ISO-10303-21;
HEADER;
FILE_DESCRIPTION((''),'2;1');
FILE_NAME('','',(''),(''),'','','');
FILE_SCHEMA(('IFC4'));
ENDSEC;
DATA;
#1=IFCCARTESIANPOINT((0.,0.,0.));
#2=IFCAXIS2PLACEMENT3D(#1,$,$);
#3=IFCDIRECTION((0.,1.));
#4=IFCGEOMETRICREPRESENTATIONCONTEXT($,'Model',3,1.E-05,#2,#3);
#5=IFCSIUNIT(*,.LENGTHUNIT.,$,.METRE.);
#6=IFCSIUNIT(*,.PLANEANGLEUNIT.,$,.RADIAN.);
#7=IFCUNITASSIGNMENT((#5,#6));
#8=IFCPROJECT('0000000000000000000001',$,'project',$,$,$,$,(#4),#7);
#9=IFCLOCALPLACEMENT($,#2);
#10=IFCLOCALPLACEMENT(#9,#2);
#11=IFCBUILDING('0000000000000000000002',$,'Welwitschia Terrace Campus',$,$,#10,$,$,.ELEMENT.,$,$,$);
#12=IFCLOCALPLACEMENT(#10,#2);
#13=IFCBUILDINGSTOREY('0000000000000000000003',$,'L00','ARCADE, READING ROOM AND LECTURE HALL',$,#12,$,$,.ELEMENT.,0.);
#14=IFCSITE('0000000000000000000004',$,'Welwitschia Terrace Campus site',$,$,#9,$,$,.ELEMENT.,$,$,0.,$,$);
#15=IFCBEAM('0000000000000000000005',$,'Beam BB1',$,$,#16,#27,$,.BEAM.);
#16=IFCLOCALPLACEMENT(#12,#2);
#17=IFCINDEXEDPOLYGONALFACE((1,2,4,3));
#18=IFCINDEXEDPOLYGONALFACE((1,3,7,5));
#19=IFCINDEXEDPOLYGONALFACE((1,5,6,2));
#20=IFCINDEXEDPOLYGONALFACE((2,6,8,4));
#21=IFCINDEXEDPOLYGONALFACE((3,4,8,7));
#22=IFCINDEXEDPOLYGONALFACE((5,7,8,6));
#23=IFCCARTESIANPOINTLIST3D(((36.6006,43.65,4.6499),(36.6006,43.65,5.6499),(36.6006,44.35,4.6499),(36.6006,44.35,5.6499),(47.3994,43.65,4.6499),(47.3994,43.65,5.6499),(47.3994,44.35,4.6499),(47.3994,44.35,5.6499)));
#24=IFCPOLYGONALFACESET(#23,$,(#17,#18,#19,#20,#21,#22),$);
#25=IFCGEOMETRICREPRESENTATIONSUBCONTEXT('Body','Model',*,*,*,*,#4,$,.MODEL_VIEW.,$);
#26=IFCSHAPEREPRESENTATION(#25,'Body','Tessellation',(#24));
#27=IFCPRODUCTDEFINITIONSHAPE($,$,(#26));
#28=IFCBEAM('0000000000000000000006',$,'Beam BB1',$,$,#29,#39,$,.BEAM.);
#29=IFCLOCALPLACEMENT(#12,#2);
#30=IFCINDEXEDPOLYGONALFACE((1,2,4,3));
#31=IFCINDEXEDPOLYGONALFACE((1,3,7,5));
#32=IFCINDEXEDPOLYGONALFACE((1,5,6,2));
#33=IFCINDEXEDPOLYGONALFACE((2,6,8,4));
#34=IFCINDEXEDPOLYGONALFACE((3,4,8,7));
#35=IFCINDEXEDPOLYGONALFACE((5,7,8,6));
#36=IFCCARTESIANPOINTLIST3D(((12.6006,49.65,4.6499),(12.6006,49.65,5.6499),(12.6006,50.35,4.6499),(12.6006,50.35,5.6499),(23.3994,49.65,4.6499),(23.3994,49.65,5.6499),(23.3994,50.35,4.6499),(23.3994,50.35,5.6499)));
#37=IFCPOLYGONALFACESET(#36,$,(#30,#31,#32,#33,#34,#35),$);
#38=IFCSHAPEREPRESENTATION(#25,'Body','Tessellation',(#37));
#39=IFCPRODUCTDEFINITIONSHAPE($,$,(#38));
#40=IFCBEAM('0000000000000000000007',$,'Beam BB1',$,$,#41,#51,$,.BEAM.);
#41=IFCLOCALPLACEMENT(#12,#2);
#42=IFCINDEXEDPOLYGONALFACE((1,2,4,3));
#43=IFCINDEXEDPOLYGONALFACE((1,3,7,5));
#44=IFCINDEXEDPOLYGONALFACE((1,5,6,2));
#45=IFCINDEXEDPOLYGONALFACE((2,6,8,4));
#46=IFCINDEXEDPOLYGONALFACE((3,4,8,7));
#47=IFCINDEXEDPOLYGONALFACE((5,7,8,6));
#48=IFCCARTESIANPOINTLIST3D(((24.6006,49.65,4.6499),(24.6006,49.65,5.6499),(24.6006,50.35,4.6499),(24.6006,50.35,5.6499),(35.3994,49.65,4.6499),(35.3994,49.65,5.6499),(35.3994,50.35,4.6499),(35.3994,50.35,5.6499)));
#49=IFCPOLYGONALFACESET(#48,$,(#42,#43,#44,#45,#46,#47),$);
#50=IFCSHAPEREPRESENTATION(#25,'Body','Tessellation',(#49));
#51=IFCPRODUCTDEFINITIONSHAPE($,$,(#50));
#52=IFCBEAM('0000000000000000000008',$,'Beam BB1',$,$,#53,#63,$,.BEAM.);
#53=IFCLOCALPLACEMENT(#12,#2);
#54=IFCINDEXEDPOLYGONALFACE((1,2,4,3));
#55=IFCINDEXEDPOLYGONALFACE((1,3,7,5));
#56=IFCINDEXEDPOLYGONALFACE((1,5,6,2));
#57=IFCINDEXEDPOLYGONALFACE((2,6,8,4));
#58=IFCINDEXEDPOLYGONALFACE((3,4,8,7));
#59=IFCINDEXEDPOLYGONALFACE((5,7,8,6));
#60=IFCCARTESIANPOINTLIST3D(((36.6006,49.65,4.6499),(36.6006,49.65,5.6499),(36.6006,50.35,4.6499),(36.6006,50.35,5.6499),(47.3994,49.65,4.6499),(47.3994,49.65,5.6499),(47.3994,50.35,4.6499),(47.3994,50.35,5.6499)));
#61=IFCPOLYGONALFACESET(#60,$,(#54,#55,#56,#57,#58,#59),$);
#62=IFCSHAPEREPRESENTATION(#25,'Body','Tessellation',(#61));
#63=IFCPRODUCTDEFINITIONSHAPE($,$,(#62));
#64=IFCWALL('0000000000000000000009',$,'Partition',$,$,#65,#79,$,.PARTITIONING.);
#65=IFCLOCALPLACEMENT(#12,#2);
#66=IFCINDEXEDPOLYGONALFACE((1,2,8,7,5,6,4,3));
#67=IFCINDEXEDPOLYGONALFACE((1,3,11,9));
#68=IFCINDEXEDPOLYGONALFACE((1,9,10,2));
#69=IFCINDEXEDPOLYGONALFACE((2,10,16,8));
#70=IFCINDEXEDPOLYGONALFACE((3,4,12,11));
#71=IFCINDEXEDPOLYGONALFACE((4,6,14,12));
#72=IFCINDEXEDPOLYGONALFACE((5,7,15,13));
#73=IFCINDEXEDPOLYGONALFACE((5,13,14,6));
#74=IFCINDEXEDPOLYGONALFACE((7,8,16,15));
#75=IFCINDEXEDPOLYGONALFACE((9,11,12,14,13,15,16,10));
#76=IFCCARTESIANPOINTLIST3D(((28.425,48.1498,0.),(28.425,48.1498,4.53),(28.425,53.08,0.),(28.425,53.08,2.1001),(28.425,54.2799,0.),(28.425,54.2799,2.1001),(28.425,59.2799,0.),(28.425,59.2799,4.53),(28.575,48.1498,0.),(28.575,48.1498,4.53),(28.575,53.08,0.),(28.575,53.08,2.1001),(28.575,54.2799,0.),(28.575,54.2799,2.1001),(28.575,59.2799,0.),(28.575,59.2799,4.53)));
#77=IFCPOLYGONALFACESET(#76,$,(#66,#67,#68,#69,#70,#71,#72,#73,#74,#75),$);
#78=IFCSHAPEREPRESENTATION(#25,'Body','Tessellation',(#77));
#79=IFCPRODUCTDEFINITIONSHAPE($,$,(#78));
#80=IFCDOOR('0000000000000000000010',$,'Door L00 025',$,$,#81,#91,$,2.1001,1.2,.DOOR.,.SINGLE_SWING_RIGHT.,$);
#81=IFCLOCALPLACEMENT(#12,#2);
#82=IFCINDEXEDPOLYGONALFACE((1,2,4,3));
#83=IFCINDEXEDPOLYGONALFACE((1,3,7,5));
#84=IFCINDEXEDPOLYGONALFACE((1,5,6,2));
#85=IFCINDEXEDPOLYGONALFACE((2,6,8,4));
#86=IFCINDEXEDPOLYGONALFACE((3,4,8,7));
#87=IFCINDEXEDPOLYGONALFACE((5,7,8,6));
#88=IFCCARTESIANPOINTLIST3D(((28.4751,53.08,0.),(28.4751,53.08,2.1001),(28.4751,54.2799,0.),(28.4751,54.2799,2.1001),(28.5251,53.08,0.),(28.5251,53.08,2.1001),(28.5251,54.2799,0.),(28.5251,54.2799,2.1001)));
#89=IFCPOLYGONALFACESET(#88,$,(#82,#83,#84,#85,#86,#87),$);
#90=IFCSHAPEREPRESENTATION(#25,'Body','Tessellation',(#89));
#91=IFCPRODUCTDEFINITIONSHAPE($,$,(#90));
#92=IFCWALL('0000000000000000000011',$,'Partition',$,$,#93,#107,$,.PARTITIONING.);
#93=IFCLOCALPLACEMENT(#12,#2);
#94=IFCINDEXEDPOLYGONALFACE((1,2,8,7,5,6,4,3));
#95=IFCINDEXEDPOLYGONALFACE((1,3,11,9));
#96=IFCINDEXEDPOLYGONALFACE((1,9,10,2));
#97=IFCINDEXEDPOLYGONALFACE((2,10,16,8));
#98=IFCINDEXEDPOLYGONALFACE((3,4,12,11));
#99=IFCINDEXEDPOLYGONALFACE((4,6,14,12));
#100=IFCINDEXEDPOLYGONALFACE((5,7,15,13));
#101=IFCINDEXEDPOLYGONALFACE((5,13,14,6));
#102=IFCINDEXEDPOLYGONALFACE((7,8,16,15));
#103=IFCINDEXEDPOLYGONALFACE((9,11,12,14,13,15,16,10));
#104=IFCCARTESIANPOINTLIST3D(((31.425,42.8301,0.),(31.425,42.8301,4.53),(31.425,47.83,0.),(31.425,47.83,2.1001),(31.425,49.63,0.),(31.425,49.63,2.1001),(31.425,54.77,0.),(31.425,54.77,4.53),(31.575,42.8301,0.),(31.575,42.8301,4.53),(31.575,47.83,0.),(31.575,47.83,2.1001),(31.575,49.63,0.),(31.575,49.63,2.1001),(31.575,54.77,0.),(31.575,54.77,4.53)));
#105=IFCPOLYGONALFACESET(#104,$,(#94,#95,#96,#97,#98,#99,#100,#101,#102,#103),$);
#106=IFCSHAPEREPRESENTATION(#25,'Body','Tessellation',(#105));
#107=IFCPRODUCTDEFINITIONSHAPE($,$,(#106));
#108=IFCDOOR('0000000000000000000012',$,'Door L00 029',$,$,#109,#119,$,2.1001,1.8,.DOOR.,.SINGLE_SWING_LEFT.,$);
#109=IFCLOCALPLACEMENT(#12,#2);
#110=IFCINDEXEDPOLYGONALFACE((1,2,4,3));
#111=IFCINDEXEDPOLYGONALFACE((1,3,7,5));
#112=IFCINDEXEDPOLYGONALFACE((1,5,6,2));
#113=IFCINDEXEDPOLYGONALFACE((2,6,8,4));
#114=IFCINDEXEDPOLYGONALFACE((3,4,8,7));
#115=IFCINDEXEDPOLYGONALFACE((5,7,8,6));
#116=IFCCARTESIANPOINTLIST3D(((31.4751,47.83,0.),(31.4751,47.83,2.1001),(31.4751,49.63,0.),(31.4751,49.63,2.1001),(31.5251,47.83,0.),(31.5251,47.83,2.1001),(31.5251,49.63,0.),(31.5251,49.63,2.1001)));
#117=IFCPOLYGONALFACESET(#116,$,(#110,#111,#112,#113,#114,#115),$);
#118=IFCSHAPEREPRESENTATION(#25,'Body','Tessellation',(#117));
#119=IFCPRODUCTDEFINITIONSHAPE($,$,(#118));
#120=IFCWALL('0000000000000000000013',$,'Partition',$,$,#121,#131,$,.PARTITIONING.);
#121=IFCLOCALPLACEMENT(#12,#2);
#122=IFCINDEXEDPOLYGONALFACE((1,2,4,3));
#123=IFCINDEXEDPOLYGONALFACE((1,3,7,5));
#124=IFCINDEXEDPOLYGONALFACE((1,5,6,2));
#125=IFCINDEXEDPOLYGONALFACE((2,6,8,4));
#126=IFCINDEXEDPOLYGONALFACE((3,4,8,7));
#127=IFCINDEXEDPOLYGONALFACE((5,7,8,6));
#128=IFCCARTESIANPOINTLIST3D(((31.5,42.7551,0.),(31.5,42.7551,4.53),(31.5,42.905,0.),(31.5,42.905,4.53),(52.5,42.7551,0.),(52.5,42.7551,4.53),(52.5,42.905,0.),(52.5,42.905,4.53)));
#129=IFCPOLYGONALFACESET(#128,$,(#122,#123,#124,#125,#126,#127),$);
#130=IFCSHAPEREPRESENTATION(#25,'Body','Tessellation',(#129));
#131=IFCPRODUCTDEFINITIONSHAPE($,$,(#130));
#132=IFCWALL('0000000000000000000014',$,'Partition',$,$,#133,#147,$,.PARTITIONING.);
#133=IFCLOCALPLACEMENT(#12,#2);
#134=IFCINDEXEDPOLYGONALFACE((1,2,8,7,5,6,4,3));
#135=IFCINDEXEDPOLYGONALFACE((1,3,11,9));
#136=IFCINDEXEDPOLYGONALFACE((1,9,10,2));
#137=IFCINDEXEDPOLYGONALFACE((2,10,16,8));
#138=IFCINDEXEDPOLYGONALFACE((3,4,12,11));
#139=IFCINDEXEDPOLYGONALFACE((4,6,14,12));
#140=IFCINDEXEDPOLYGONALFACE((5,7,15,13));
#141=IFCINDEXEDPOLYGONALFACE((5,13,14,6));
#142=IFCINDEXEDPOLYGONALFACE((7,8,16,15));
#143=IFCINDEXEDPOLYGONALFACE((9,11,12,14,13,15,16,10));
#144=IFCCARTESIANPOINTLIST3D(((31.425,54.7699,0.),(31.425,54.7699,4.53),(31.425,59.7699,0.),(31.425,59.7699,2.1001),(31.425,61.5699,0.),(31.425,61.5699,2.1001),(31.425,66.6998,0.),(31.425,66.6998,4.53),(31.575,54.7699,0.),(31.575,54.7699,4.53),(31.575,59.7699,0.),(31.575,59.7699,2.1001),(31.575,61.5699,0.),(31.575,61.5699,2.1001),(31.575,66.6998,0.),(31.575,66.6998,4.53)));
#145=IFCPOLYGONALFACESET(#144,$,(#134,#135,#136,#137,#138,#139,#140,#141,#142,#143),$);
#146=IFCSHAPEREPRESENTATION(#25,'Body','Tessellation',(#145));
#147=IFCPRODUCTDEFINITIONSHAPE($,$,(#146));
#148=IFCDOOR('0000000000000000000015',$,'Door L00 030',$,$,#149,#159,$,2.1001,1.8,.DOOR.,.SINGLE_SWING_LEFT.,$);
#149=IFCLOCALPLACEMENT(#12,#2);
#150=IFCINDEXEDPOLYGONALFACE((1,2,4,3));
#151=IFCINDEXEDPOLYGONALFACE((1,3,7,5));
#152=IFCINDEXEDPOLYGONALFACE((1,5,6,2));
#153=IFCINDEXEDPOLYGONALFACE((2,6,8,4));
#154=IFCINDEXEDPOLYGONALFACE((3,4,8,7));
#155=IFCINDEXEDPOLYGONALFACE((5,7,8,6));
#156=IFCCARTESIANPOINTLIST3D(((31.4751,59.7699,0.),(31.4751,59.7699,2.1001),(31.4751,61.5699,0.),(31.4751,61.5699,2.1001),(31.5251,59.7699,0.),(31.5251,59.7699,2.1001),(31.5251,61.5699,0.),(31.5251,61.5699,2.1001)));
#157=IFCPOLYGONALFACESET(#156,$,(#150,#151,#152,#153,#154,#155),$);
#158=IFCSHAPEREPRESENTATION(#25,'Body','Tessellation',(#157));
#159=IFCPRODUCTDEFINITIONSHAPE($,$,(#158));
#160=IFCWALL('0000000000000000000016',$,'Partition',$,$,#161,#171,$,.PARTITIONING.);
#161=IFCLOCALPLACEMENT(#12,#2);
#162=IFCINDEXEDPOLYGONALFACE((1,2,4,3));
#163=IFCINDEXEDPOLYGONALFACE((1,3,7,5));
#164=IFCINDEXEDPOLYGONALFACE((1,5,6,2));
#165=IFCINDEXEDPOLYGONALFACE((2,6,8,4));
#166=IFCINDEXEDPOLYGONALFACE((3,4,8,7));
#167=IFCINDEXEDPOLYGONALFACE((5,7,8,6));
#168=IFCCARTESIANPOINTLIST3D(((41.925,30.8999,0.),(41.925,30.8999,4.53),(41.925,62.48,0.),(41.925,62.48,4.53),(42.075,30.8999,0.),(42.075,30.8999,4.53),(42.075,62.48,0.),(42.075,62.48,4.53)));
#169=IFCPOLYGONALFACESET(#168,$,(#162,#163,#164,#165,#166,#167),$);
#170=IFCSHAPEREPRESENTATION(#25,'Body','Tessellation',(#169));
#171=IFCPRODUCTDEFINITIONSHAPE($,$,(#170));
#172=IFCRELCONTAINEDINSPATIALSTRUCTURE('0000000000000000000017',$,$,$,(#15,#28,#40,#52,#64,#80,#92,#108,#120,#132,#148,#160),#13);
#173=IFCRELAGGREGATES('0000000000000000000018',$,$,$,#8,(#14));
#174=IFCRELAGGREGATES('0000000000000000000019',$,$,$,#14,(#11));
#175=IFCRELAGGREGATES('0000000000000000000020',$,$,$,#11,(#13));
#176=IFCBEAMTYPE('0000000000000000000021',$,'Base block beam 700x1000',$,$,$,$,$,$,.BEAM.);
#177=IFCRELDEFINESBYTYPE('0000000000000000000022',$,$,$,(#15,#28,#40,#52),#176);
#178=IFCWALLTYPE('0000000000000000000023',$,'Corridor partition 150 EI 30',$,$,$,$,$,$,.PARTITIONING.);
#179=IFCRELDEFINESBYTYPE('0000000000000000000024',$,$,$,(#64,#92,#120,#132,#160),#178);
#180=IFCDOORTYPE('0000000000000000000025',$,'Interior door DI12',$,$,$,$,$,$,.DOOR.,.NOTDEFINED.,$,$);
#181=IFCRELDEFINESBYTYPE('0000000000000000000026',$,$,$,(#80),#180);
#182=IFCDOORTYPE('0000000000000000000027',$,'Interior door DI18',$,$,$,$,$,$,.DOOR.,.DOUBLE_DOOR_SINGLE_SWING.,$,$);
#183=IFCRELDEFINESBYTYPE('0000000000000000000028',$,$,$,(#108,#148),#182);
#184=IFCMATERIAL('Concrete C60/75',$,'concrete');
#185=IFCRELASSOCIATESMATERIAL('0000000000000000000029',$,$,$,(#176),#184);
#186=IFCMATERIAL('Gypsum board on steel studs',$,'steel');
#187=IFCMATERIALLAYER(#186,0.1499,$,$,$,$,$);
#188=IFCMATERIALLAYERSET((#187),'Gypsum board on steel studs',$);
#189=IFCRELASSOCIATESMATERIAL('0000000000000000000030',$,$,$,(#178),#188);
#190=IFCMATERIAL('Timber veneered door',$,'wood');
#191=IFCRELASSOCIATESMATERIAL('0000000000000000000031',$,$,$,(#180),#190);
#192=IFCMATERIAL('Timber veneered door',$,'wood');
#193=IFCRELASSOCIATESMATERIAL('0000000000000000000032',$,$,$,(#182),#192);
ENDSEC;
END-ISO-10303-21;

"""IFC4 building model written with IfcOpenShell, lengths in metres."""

from ifc_helpers import new_model, si_unit, direction, frame, frame_2d, origin, origin_2d, place, context, subcontext, project, spatial, rectangle, extrude, material, layer, layer_set, material_profile, profile_set, type_object, element, fill, save


model = new_model("IFC4")

# Units and contexts
model_context = context("Model", 3, precision=1e-05, world=origin(), true_north=direction((0.0, 1.0)))
body_context = subcontext(model_context, "Body", "Model", "MODEL_VIEW")
ifc_project = project(units=[si_unit("LENGTHUNIT", "METRE"), si_unit("PLANEANGLEUNIT", "RADIAN")], contexts=[model_context])

# Site, building, storey
site_placement = place(None, origin())
site = spatial("IfcSite", under=ifc_project, at=site_placement, Name="Welwitschia Terrace Campus site", CompositionType="ELEMENT", RefElevation=0.0)
building_placement = place(site_placement, origin())
building = spatial("IfcBuilding", under=site, at=building_placement, Name="Welwitschia Terrace Campus", CompositionType="ELEMENT")
storey_placement = place(building_placement, origin())
storey = spatial("IfcBuildingStorey", under=building, at=storey_placement, Name="L00", Description="ARCADE, READING ROOM AND LECTURE HALL", CompositionType="ELEMENT", Elevation=0.0)

# Beams
ifc_material_1 = material(Name="Concrete C60/75", Category="concrete")
ifc_material_profile_1 = material_profile(ifc_material_1, rectangle(XDim=0.7, YDim=1.0, at=origin_2d()))
ifc_profile_set_1 = profile_set([ifc_material_profile_1], Name="Concrete C60/75")
beam_type = type_object("IfcBeamType", Name="Base block beam 700x1000", PredefinedType="BEAM", material=ifc_profile_set_1)
for number, where, z_axis, x_axis, name in (
    (1, (36.6006, 44.0, 5.1499), (1.0, 0.0, 0.0), (0.0, 1.0, 0.0), "Beam BB1"),
    (2, (12.6006, 50.0, 5.1499), (1.0, 0.0, 0.0), (0.0, 1.0, 0.0), "Beam BB1"),
    (3, (24.6006, 50.0, 5.1499), (1.0, 0.0, 0.0), (0.0, 1.0, 0.0), "Beam BB1"),
    (4, (36.6006, 50.0, 5.1499), (1.0, 0.0, 0.0), (0.0, 1.0, 0.0), "Beam BB1"),
):
    element("IfcBeam", number, at=place(storey_placement, frame(where, z_axis=z_axis, x_axis=x_axis)), inside=storey, type_object=beam_type, Name=name, PredefinedType="BEAM", context=body_context, shape_type="SweptSolid", body=[
        extrude(rectangle(XDim=0.7, YDim=1.0, at=origin_2d()), origin(), (0.0, 0.0, 1.0), 10.7988),
    ])

# Walls, openings, doors
ifc_material_2 = material(Name="Gypsum board on steel studs", Category="steel")
ifc_layer = layer(ifc_material_2, 0.1499)
ifc_layer_set = layer_set([ifc_layer], Name="Gypsum board on steel studs")
wall_type = type_object("IfcWallType", Name="Corridor partition 150 EI 30", PredefinedType="PARTITIONING", material=ifc_layer_set)
wall_1_placement = place(storey_placement, frame((28.5, 48.1499, 0.0), z_axis=(0.0, 0.0, 1.0), x_axis=(0.0, 1.0, 0.0)))
wall_1 = element("IfcWall", 5, at=wall_1_placement, inside=storey, type_object=wall_type, Name="Partition", PredefinedType="PARTITIONING", context=body_context, shape_type="SweptSolid", body=[
    extrude(rectangle(XDim=11.1301, YDim=0.1499, at=frame_2d((5.5649, 0.0))), origin(), (0.0, 0.0, 1.0), 4.53),
])
opening_1_placement = place(wall_1_placement, frame((4.9299, 0.0, 0.0)))
opening_1 = element("IfcOpeningElement", 6, at=opening_1_placement, cuts=wall_1, PredefinedType="OPENING", context=body_context, shape_type="SweptSolid", body=[
    extrude(rectangle(XDim=1.2, YDim=2.1001, at=frame_2d((0.6001, 1.05))), frame((0.0, 0.085, 0.0), z_axis=(0.0, -1.0, 0.0), x_axis=(1.0, 0.0, 0.0)), (0.0, 0.0, 1.0), 0.1699),
])
ifc_material_3 = material(Name="Timber veneered door", Category="wood")
door_type_1 = type_object("IfcDoorType", Name="Interior door DI12", OperationType="NOTDEFINED", PredefinedType="DOOR", material=ifc_material_3)
door_1_placement = place(opening_1_placement, origin())
door_1 = element("IfcDoor", 7, at=door_1_placement, inside=storey, type_object=door_type_1, Name="Door L00 025", OperationType="SINGLE_SWING_RIGHT", OverallHeight=2.1001, OverallWidth=1.2, PredefinedType="DOOR", context=body_context, shape_type="SweptSolid", body=[
    extrude(rectangle(XDim=1.2, YDim=2.1001, at=frame_2d((0.6001, 1.05))), frame((0.0, 0.0249, 0.0), z_axis=(0.0, -1.0, 0.0), x_axis=(1.0, 0.0, 0.0)), (0.0, 0.0, 1.0), 0.05),
])
fill(opening_1, door_1)
wall_2_placement = place(storey_placement, frame((31.5, 42.8301, 0.0), z_axis=(0.0, 0.0, 1.0), x_axis=(0.0, 1.0, 0.0)))
wall_2 = element("IfcWall", 8, at=wall_2_placement, inside=storey, type_object=wall_type, Name="Partition", PredefinedType="PARTITIONING", context=body_context, shape_type="SweptSolid", body=[
    extrude(rectangle(XDim=11.9399, YDim=0.1499, at=frame_2d((5.97, 0.0))), origin(), (0.0, 0.0, 1.0), 4.53),
])
opening_2_placement = place(wall_2_placement, frame((5.0, 0.0, 0.0)))
opening_2 = element("IfcOpeningElement", 9, at=opening_2_placement, cuts=wall_2, PredefinedType="OPENING", context=body_context, shape_type="SweptSolid", body=[
    extrude(rectangle(XDim=1.8, YDim=2.1001, at=frame_2d((0.8999, 1.05))), frame((0.0, 0.085, 0.0), z_axis=(0.0, -1.0, 0.0), x_axis=(1.0, 0.0, 0.0)), (0.0, 0.0, 1.0), 0.1699),
])
ifc_material_4 = material(Name="Timber veneered door", Category="wood")
door_type_2 = type_object("IfcDoorType", Name="Interior door DI18", OperationType="DOUBLE_DOOR_SINGLE_SWING", PredefinedType="DOOR", material=ifc_material_4)
door_2_placement = place(opening_2_placement, origin())
door_2 = element("IfcDoor", 10, at=door_2_placement, inside=storey, type_object=door_type_2, Name="Door L00 029", OperationType="SINGLE_SWING_LEFT", OverallHeight=2.1001, OverallWidth=1.8, PredefinedType="DOOR", context=body_context, shape_type="SweptSolid", body=[
    extrude(rectangle(XDim=1.8, YDim=2.1001, at=frame_2d((0.8999, 1.05))), frame((0.0, 0.0249, 0.0), z_axis=(0.0, -1.0, 0.0), x_axis=(1.0, 0.0, 0.0)), (0.0, 0.0, 1.0), 0.05),
])
fill(opening_2, door_2)

# Wall
wall_3_placement = place(storey_placement, frame((31.5, 42.8301, 0.0), z_axis=(0.0, 0.0, 1.0), x_axis=(1.0, 0.0, 0.0)))
element("IfcWall", 11, at=wall_3_placement, inside=storey, type_object=wall_type, Name="Partition", PredefinedType="PARTITIONING", context=body_context, shape_type="SweptSolid", body=[
    extrude(rectangle(XDim=21.0, YDim=0.1499, at=frame_2d((10.5, 0.0))), origin(), (0.0, 0.0, 1.0), 4.53),
])

# Wall, opening, door
wall_4_placement = place(storey_placement, frame((31.5, 54.77, 0.0), z_axis=(0.0, 0.0, 1.0), x_axis=(0.0, 1.0, 0.0)))
wall_4 = element("IfcWall", 12, at=wall_4_placement, inside=storey, type_object=wall_type, Name="Partition", PredefinedType="PARTITIONING", context=body_context, shape_type="SweptSolid", body=[
    extrude(rectangle(XDim=11.9299, YDim=0.1499, at=frame_2d((5.9648, 0.0))), origin(), (0.0, 0.0, 1.0), 4.53),
])
opening_3_placement = place(wall_4_placement, frame((5.0, 0.0, 0.0)))
opening_3 = element("IfcOpeningElement", 13, at=opening_3_placement, cuts=wall_4, PredefinedType="OPENING", context=body_context, shape_type="SweptSolid", body=[
    extrude(rectangle(XDim=1.8, YDim=2.1001, at=frame_2d((0.8999, 1.05))), frame((0.0, 0.085, 0.0), z_axis=(0.0, -1.0, 0.0), x_axis=(1.0, 0.0, 0.0)), (0.0, 0.0, 1.0), 0.1699),
])
door_3_placement = place(opening_3_placement, origin())
door_3 = element("IfcDoor", 14, at=door_3_placement, inside=storey, type_object=door_type_2, Name="Door L00 030", OperationType="SINGLE_SWING_LEFT", OverallHeight=2.1001, OverallWidth=1.8, PredefinedType="DOOR", context=body_context, shape_type="SweptSolid", body=[
    extrude(rectangle(XDim=1.8, YDim=2.1001, at=frame_2d((0.8999, 1.05))), frame((0.0, 0.0249, 0.0), z_axis=(0.0, -1.0, 0.0), x_axis=(1.0, 0.0, 0.0)), (0.0, 0.0, 1.0), 0.05),
])
fill(opening_3, door_3)

# Wall
wall_5_placement = place(storey_placement, frame((42.0, 30.8999, 0.0), z_axis=(0.0, 0.0, 1.0), x_axis=(0.0, 1.0, 0.0)))
element("IfcWall", 15, at=wall_5_placement, inside=storey, type_object=wall_type, Name="Partition", PredefinedType="PARTITIONING", context=body_context, shape_type="SweptSolid", body=[
    extrude(rectangle(XDim=31.5801, YDim=0.1499, at=frame_2d((15.79, 0.0))), origin(), (0.0, 0.0, 1.0), 4.53),
])

save(model, "model.ifc")
